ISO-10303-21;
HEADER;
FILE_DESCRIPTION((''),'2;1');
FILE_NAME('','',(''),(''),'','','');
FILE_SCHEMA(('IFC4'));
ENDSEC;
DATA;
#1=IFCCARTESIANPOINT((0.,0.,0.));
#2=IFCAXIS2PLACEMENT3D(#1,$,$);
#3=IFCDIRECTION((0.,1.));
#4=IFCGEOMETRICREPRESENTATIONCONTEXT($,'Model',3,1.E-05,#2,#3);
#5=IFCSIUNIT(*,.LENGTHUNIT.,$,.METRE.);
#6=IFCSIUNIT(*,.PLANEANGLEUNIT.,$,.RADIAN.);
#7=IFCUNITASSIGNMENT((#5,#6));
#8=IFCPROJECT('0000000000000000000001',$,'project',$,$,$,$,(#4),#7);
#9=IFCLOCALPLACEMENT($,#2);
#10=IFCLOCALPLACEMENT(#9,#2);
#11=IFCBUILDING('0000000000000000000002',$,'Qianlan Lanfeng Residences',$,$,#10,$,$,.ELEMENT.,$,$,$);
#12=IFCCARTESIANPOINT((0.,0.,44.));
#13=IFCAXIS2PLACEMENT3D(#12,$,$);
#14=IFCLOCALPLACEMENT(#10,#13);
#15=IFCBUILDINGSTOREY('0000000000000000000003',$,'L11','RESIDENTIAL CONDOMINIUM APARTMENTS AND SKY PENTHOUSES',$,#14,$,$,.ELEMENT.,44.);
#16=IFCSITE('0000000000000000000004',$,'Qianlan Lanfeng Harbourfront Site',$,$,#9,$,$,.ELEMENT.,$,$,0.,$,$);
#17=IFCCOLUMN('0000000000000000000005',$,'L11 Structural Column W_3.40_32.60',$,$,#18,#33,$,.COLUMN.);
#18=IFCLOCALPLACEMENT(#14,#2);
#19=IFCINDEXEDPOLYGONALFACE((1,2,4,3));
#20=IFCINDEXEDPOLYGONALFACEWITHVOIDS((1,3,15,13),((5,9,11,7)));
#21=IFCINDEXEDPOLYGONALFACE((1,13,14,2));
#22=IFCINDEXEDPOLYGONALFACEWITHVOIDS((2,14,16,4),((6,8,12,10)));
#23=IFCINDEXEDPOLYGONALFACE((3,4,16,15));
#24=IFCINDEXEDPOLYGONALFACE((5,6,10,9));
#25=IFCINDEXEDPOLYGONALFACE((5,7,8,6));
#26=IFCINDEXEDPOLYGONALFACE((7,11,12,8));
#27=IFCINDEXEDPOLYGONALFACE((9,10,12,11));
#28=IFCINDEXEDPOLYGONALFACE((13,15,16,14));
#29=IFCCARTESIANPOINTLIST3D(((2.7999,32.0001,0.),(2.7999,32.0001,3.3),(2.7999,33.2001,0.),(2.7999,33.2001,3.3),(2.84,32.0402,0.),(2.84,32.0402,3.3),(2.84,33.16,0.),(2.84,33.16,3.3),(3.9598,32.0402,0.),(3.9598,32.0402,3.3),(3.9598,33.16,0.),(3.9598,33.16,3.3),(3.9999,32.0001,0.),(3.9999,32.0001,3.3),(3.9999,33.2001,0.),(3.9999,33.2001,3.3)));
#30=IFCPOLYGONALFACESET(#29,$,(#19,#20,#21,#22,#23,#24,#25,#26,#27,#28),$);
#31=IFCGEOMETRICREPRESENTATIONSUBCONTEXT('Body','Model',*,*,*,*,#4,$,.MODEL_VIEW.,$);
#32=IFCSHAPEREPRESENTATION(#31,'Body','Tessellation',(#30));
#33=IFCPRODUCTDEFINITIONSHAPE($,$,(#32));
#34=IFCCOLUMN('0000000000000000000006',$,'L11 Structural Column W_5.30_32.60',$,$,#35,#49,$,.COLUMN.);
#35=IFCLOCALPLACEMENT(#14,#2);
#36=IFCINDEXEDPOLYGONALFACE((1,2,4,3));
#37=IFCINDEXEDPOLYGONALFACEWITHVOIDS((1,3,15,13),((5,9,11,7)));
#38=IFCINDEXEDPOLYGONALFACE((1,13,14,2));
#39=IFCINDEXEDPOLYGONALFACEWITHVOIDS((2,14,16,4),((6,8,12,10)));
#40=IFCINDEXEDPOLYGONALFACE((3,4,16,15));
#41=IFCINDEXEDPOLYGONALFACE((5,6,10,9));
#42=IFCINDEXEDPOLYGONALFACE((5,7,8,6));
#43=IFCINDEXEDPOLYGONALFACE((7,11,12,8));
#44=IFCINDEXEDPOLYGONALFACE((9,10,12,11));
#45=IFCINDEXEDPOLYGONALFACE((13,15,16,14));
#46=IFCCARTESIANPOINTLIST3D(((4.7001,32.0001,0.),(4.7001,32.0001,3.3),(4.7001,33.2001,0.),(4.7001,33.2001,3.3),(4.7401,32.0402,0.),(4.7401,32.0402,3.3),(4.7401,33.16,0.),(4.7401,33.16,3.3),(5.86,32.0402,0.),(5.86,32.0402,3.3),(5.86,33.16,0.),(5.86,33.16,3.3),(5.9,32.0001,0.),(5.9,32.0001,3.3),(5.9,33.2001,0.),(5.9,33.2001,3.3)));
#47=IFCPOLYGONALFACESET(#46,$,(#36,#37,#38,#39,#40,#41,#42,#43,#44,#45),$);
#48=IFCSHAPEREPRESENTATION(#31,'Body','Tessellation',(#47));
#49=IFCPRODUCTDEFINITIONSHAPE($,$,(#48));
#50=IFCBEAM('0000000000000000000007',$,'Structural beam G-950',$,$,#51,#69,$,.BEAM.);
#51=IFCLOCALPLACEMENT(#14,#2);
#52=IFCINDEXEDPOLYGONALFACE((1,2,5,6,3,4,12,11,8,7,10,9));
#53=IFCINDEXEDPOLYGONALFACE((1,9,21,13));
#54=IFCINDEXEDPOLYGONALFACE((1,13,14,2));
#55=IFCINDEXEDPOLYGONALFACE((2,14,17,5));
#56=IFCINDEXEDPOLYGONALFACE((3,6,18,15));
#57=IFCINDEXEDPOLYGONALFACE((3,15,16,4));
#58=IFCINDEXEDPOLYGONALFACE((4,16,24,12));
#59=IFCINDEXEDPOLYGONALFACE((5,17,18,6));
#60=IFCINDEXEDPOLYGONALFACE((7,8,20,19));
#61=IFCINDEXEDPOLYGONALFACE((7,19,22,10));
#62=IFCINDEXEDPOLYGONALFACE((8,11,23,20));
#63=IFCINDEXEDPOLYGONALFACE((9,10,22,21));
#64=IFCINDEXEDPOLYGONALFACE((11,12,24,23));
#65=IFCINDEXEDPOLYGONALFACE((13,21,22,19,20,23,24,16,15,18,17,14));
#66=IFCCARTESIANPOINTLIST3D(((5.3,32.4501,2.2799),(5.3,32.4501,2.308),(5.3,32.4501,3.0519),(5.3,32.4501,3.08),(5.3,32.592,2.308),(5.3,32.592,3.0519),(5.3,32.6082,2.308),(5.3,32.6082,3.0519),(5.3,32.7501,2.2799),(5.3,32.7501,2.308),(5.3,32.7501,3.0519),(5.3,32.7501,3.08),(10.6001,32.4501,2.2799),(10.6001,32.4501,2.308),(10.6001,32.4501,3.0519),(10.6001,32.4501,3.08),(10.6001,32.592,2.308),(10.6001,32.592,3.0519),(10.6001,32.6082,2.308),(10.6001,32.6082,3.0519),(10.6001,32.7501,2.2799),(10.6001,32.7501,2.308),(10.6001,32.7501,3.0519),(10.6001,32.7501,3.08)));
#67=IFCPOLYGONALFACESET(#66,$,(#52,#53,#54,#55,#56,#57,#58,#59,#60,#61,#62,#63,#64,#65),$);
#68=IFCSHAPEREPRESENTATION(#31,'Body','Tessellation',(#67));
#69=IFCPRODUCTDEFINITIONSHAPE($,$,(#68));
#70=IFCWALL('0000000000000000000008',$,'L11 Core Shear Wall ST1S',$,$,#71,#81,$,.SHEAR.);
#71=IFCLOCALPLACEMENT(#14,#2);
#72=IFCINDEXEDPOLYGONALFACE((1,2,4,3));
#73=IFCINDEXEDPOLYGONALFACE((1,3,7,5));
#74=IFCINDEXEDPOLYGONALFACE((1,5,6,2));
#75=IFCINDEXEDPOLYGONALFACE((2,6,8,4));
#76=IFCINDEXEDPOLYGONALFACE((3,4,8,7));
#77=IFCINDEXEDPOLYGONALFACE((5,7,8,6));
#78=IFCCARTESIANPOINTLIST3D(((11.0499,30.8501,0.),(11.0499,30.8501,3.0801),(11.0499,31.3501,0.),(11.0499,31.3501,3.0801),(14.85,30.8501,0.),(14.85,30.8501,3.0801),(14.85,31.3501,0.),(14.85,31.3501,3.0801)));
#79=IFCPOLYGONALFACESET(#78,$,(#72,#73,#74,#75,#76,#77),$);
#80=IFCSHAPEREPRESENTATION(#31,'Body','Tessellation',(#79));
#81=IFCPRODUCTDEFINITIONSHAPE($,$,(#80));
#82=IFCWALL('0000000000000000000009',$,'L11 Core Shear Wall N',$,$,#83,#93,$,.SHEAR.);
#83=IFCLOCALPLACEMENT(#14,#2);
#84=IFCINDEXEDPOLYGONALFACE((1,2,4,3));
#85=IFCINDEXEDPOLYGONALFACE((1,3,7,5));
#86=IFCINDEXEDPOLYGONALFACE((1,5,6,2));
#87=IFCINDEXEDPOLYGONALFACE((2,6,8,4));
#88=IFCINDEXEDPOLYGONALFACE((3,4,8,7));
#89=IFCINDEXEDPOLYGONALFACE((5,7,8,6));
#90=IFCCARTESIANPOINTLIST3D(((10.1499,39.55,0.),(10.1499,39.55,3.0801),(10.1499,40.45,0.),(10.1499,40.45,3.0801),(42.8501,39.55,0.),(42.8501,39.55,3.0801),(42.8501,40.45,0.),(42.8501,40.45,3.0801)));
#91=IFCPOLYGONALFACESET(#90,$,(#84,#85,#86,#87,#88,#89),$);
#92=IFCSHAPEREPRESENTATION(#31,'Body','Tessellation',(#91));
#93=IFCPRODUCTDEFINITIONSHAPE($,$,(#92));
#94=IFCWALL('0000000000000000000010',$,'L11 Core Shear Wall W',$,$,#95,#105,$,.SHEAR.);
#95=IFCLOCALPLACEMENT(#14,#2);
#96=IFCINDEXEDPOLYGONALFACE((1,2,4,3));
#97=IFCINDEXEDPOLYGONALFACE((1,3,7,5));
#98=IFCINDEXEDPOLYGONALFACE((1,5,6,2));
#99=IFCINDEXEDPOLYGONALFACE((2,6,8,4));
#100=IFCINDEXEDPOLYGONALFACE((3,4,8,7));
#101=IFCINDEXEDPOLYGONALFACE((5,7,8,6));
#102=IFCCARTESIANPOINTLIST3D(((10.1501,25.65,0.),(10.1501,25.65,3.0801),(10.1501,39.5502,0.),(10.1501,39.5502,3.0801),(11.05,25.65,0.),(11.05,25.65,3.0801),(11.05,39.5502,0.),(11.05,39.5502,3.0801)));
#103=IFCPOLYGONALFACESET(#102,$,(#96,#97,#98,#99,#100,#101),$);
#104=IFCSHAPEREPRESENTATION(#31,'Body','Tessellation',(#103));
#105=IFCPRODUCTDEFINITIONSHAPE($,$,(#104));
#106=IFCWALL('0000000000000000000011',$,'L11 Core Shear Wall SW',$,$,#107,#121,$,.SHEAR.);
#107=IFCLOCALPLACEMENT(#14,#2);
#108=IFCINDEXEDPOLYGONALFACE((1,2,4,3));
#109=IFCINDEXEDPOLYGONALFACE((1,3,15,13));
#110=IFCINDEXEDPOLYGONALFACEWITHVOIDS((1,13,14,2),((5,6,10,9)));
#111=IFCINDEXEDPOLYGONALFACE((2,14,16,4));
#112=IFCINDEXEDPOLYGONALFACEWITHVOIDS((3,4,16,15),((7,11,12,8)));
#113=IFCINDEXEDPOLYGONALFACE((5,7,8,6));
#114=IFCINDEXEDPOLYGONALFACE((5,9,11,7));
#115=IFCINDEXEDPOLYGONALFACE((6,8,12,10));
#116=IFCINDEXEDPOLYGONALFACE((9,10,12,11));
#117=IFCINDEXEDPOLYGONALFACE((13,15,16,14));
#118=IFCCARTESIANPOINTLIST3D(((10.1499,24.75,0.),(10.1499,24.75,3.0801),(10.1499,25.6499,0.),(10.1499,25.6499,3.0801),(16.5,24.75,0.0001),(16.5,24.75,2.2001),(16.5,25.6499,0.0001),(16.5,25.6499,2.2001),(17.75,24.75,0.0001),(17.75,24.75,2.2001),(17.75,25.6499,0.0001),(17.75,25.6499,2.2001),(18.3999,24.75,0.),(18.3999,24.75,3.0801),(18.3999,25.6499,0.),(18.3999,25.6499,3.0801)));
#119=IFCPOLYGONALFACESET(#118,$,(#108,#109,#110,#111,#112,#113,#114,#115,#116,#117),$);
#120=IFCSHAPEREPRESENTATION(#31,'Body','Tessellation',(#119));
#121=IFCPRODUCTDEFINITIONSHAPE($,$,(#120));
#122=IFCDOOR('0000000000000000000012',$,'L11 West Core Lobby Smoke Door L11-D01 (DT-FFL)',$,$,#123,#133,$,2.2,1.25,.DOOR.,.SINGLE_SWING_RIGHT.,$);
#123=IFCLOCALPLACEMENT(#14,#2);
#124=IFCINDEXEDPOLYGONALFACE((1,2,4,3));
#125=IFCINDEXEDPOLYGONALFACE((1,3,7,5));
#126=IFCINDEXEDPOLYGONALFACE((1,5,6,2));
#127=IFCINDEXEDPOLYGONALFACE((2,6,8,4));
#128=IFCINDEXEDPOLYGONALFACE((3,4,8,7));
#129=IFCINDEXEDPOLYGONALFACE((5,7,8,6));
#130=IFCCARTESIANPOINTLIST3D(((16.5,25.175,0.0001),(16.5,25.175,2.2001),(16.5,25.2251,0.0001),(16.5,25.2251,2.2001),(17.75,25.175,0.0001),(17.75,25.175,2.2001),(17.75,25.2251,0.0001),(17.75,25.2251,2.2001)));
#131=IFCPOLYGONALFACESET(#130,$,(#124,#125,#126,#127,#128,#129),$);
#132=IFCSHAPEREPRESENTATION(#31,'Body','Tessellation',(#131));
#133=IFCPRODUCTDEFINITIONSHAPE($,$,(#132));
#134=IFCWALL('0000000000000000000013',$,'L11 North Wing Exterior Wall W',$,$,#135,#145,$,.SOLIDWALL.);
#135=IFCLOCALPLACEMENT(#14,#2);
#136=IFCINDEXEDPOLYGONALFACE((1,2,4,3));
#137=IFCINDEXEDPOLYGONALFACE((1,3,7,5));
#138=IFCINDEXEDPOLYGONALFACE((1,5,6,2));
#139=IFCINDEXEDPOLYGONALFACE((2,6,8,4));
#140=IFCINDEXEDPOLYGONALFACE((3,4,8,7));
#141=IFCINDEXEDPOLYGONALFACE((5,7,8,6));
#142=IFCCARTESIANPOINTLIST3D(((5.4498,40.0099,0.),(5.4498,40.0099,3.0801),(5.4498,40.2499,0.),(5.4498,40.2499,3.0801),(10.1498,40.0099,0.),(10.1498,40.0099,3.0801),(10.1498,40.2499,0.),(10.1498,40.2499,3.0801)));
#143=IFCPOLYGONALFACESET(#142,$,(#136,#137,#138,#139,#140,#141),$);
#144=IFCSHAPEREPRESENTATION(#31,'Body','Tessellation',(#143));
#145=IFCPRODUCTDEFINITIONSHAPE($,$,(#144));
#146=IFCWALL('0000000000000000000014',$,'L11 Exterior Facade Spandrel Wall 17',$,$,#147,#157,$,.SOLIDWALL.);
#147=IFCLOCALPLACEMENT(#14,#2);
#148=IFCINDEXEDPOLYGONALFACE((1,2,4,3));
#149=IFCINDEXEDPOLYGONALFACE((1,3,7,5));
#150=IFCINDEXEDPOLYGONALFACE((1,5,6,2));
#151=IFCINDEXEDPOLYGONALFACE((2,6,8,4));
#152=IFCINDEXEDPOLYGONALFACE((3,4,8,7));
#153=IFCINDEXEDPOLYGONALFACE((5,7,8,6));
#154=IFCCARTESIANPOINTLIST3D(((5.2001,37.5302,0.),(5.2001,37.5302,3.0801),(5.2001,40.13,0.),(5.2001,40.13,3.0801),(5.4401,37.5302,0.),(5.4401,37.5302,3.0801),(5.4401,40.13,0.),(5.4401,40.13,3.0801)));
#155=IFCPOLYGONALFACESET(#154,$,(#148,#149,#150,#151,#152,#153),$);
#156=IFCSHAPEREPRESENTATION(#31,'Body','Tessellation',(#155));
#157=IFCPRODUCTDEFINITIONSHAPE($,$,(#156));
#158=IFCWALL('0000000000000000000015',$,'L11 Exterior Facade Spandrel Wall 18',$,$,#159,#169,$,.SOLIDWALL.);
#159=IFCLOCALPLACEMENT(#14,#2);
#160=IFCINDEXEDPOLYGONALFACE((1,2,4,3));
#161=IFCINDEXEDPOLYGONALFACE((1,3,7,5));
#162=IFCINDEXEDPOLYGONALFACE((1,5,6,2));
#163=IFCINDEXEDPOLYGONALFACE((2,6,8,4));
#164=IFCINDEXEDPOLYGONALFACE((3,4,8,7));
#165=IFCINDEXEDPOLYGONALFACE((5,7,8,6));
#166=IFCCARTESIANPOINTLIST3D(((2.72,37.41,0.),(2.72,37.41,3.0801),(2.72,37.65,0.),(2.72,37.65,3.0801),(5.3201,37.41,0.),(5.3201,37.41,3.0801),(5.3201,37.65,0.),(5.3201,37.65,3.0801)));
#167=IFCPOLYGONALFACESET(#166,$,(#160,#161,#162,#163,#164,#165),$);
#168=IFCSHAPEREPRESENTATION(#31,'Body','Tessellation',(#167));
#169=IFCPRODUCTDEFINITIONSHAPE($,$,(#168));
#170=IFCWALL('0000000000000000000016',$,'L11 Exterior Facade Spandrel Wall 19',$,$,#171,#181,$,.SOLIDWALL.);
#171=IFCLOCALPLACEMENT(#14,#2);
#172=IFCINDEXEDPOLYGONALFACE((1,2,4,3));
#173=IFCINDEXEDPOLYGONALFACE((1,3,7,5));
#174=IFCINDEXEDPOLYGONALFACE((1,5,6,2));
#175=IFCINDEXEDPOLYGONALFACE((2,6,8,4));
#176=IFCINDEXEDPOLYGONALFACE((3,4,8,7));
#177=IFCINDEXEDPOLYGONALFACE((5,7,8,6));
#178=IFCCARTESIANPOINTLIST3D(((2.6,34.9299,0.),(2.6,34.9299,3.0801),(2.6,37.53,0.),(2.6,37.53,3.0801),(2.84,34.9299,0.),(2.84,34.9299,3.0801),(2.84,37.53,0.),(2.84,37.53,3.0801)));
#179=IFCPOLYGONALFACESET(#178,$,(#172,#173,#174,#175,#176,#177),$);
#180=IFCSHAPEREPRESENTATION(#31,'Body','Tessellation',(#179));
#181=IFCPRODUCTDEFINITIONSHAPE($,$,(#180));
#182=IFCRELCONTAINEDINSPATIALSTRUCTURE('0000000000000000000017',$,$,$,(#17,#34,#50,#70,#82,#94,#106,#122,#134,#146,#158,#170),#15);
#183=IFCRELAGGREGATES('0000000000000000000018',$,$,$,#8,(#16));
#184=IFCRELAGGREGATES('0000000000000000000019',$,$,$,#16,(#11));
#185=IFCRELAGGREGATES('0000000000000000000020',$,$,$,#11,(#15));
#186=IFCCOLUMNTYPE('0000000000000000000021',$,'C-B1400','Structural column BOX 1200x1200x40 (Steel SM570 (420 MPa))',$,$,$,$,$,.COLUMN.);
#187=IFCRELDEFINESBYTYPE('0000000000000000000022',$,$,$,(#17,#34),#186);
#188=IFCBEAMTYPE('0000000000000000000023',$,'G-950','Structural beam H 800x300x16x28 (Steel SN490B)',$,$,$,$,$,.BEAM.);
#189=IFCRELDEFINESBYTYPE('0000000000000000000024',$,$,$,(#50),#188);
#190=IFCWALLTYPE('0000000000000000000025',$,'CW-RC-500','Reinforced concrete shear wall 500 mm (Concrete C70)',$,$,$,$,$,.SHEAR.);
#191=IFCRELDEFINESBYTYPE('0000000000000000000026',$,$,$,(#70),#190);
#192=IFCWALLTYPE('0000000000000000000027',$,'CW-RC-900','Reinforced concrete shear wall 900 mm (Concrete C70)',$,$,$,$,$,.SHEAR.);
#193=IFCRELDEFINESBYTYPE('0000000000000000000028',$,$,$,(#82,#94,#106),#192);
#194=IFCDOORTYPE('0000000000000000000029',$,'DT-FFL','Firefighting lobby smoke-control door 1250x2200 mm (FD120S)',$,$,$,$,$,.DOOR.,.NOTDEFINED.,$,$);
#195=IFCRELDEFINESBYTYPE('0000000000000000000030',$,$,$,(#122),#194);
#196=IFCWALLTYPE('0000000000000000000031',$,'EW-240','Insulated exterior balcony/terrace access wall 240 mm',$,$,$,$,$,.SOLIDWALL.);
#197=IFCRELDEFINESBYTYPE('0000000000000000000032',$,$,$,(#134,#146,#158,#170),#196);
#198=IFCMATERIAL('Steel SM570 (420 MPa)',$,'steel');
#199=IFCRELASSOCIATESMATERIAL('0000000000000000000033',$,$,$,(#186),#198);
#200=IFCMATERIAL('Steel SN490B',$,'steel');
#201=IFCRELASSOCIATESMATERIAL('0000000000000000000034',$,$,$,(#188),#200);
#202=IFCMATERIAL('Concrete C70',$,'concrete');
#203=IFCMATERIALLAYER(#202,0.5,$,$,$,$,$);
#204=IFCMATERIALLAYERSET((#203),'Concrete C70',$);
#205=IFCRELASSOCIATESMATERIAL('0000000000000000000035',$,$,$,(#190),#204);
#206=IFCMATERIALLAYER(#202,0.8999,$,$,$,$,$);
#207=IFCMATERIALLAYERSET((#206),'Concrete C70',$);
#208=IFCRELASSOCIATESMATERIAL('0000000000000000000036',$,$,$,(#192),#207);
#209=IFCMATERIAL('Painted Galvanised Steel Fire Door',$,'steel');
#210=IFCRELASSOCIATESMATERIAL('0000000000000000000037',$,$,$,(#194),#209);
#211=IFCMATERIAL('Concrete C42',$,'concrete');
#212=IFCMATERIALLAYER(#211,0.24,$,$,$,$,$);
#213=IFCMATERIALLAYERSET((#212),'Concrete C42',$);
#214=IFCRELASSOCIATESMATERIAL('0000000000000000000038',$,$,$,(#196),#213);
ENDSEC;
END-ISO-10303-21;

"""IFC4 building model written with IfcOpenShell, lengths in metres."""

from ifc_helpers import new_model, si_unit, direction, frame, frame_2d, origin, origin_2d, place, context, subcontext, project, spatial, rectangle, hollow_rectangle, i_section, extrude, material, layer, layer_set, material_profile, profile_set, type_object, element, fill, save


model = new_model("IFC4")

# Units and contexts
model_context = context("Model", 3, precision=1e-05, world=origin(), true_north=direction((0.0, 1.0)))
body_context = subcontext(model_context, "Body", "Model", "MODEL_VIEW")
ifc_project = project(units=[si_unit("LENGTHUNIT", "METRE"), si_unit("PLANEANGLEUNIT", "RADIAN")], contexts=[model_context])

# Site, building, storey
site_placement = place(None, origin())
site = spatial("IfcSite", under=ifc_project, at=site_placement, Name="Qianlan Lanfeng Harbourfront Site", CompositionType="ELEMENT", RefElevation=0.0)
building_placement = place(site_placement, origin())
building = spatial("IfcBuilding", under=site, at=building_placement, Name="Qianlan Lanfeng Residences", CompositionType="ELEMENT")
storey_placement = place(building_placement, frame((0.0, 0.0, 44.0)))
storey = spatial("IfcBuildingStorey", under=building, at=storey_placement, Name="L11", Description="RESIDENTIAL CONDOMINIUM APARTMENTS AND SKY PENTHOUSES", CompositionType="ELEMENT", Elevation=44.0)

# Columns
ifc_material_1 = material(Name="Steel SM570 (420 MPa)", Category="steel")
ifc_material_profile_1 = material_profile(ifc_material_1, hollow_rectangle(XDim=1.2, YDim=1.2, WallThickness=0.04, at=origin_2d()), Name="BOX 1200x1200x40")
ifc_profile_set_1 = profile_set([ifc_material_profile_1], Name="Steel SM570 (420 MPa)")
column_type = type_object("IfcColumnType", Name="C-B1400", Description="Structural column BOX 1200x1200x40 (Steel SM570 (420 MPa))", PredefinedType="COLUMN", material=ifc_profile_set_1)
for number, where, z_axis, x_axis, name in (
    (1, (3.3999, 32.6001, 0.0), (0.0, 0.0, 1.0), (1.0, 0.0, 0.0), "L11 Structural Column W_3.40_32.60"),
    (2, (5.3, 32.6001, 0.0), (0.0, 0.0, 1.0), (1.0, 0.0, 0.0), "L11 Structural Column W_5.30_32.60"),
):
    element("IfcColumn", number, at=place(storey_placement, frame(where, z_axis=z_axis, x_axis=x_axis)), inside=storey, type_object=column_type, Name=name, PredefinedType="COLUMN", context=body_context, shape_type="SweptSolid", body=[
        extrude(hollow_rectangle(XDim=1.2, YDim=1.2, WallThickness=0.04, at=origin_2d()), origin(), (0.0, 0.0, 1.0), 3.3),
    ])

# Beam
ifc_material_2 = material(Name="Steel SN490B", Category="steel")
ifc_material_profile_2 = material_profile(ifc_material_2, i_section(OverallWidth=0.3, OverallDepth=0.8, WebThickness=0.0161, FlangeThickness=0.0281, at=origin_2d()), Name="H 800x300x16x28")
ifc_profile_set_2 = profile_set([ifc_material_profile_2], Name="Steel SN490B")
beam_type = type_object("IfcBeamType", Name="G-950", Description="Structural beam H 800x300x16x28 (Steel SN490B)", PredefinedType="BEAM", material=ifc_profile_set_2)
beam_placement = place(storey_placement, frame((5.3, 32.6001, 2.6799), z_axis=(1.0, 0.0, 0.0), x_axis=(0.0, 1.0, 0.0)))
element("IfcBeam", 3, at=beam_placement, inside=storey, type_object=beam_type, Name="Structural beam G-950", PredefinedType="BEAM", context=body_context, shape_type="SweptSolid", body=[
    extrude(i_section(OverallWidth=0.3, OverallDepth=0.8, WebThickness=0.0161, FlangeThickness=0.0281, at=origin_2d()), origin(), (0.0, 0.0, 1.0), 5.3),
])

# Walls
ifc_material_3 = material(Name="Concrete C70", Category="concrete")
ifc_layer_1 = layer(ifc_material_3, 0.5)
ifc_layer_set_1 = layer_set([ifc_layer_1], Name="Concrete C70")
wall_type_1 = type_object("IfcWallType", Name="CW-RC-500", Description="Reinforced concrete shear wall 500 mm (Concrete C70)", PredefinedType="SHEAR", material=ifc_layer_set_1)
wall_1_placement = place(storey_placement, frame((11.05, 31.1001, 0.0), z_axis=(0.0, 0.0, 1.0), x_axis=(1.0, 0.0, 0.0)))
element("IfcWall", 4, at=wall_1_placement, inside=storey, type_object=wall_type_1, Name="L11 Core Shear Wall ST1S", PredefinedType="SHEAR", context=body_context, shape_type="SweptSolid", body=[
    extrude(rectangle(XDim=3.8, YDim=0.5, at=frame_2d((1.8999, 0.0))), origin(), (0.0, 0.0, 1.0), 3.0801),
])
ifc_layer_2 = layer(ifc_material_3, 0.8999)
ifc_layer_set_2 = layer_set([ifc_layer_2], Name="Concrete C70")
wall_type_2 = type_object("IfcWallType", Name="CW-RC-900", Description="Reinforced concrete shear wall 900 mm (Concrete C70)", PredefinedType="SHEAR", material=ifc_layer_set_2)
wall_2_placement = place(storey_placement, frame((10.1499, 40.0, 0.0), z_axis=(0.0, 0.0, 1.0), x_axis=(1.0, 0.0, 0.0)))
element("IfcWall", 5, at=wall_2_placement, inside=storey, type_object=wall_type_2, Name="L11 Core Shear Wall N", PredefinedType="SHEAR", context=body_context, shape_type="SweptSolid", body=[
    extrude(rectangle(XDim=32.7002, YDim=0.8999, at=frame_2d((16.3501, 0.0))), origin(), (0.0, 0.0, 1.0), 3.0801),
])
wall_3_placement = place(storey_placement, frame((10.6001, 25.6499, 0.0), z_axis=(0.0, 0.0, 1.0), x_axis=(0.0, 1.0, 0.0)))
element("IfcWall", 6, at=wall_3_placement, inside=storey, type_object=wall_type_2, Name="L11 Core Shear Wall W", PredefinedType="SHEAR", context=body_context, shape_type="SweptSolid", body=[
    extrude(rectangle(XDim=13.9001, YDim=0.8999, at=frame_2d((6.9502, 0.0))), origin(), (0.0, 0.0, 1.0), 3.0801),
])

# Wall, opening, door
wall_4_placement = place(storey_placement, frame((10.1499, 25.2, 0.0), z_axis=(0.0, 0.0, 1.0), x_axis=(1.0, 0.0, 0.0)))
wall_4 = element("IfcWall", 7, at=wall_4_placement, inside=storey, type_object=wall_type_2, Name="L11 Core Shear Wall SW", PredefinedType="SHEAR", context=body_context, shape_type="SweptSolid", body=[
    extrude(rectangle(XDim=8.25, YDim=0.8999, at=frame_2d((4.125, 0.0))), origin(), (0.0, 0.0, 1.0), 3.0801),
])
opening_1_placement = place(wall_4_placement, frame((6.3501, 0.0, 0.0)))
opening_1 = element("IfcOpeningElement", 8, at=opening_1_placement, cuts=wall_4, PredefinedType="OPENING", context=body_context, shape_type="SweptSolid", body=[
    extrude(rectangle(XDim=1.25, YDim=2.2, at=frame_2d((0.625, 1.1001))), frame((0.0, 0.46, 0.0), z_axis=(0.0, -1.0, 0.0), x_axis=(1.0, 0.0, 0.0)), (0.0, 0.0, 1.0), 0.9199),
])
ifc_material_4 = material(Name="Painted Galvanised Steel Fire Door", Category="steel")
door_type_1 = type_object("IfcDoorType", Name="DT-FFL", Description="Firefighting lobby smoke-control door 1250x2200 mm (FD120S)", OperationType="NOTDEFINED", PredefinedType="DOOR", material=ifc_material_4)
door_1_placement = place(opening_1_placement, frame((1.25, 0.0, 0.0), z_axis=(0.0, 0.0, 1.0), x_axis=(-1.0, 0.0, 0.0)))
door_1 = element("IfcDoor", 9, at=door_1_placement, inside=storey, type_object=door_type_1, Name="L11 West Core Lobby Smoke Door L11-D01 (DT-FFL)", OperationType="SINGLE_SWING_RIGHT", OverallHeight=2.2, OverallWidth=1.25, PredefinedType="DOOR", context=body_context, shape_type="SweptSolid", body=[
    extrude(rectangle(XDim=1.25, YDim=2.2, at=frame_2d((0.625, 1.1001))), frame((0.0, 0.0249, 0.0), z_axis=(0.0, -1.0, 0.0), x_axis=(1.0, 0.0, 0.0)), (0.0, 0.0, 1.0), 0.05),
])
fill(opening_1, door_1)

# Walls
ifc_material_5 = material(Name="Concrete C42", Category="concrete")
ifc_layer_3 = layer(ifc_material_5, 0.24)
ifc_layer_set_3 = layer_set([ifc_layer_3], Name="Concrete C42")
wall_type_3 = type_object("IfcWallType", Name="EW-240", Description="Insulated exterior balcony/terrace access wall 240 mm", PredefinedType="SOLIDWALL", material=ifc_layer_set_3)
wall_5_placement = place(storey_placement, frame((10.1499, 40.1299, 0.0), z_axis=(0.0, 0.0, 1.0), x_axis=(-1.0, 0.0, 0.0)))
element("IfcWall", 10, at=wall_5_placement, inside=storey, type_object=wall_type_3, Name="L11 North Wing Exterior Wall W", PredefinedType="SOLIDWALL", context=body_context, shape_type="SweptSolid", body=[
    extrude(rectangle(XDim=4.7, YDim=0.24, at=frame_2d((2.3501, 0.0))), origin(), (0.0, 0.0, 1.0), 3.0801),
])
wall_6_placement = place(storey_placement, frame((5.3201, 40.1299, 0.0), z_axis=(0.0, 0.0, 1.0), x_axis=(0.0, -1.0, 0.0)))
element("IfcWall", 11, at=wall_6_placement, inside=storey, type_object=wall_type_3, Name="L11 Exterior Facade Spandrel Wall 17", PredefinedType="SOLIDWALL", context=body_context, shape_type="SweptSolid", body=[
    extrude(rectangle(XDim=2.5999, YDim=0.24, at=frame_2d((1.2998, 0.0))), origin(), (0.0, 0.0, 1.0), 3.0801),
])
for number, where, z_axis, x_axis, name in (
    (12, (5.3201, 37.53, 0.0), (0.0, 0.0, 1.0), (-1.0, 0.0, 0.0), "L11 Exterior Facade Spandrel Wall 18"),
    (13, (2.72, 37.53, 0.0), (0.0, 0.0, 1.0), (0.0, -1.0, 0.0), "L11 Exterior Facade Spandrel Wall 19"),
):
    element("IfcWall", number, at=place(storey_placement, frame(where, z_axis=z_axis, x_axis=x_axis)), inside=storey, type_object=wall_type_3, Name=name, PredefinedType="SOLIDWALL", context=body_context, shape_type="SweptSolid", body=[
        extrude(rectangle(XDim=2.6001, YDim=0.24, at=frame_2d((1.3, 0.0))), origin(), (0.0, 0.0, 1.0), 3.0801),
    ])

save(model, "model.ifc")
